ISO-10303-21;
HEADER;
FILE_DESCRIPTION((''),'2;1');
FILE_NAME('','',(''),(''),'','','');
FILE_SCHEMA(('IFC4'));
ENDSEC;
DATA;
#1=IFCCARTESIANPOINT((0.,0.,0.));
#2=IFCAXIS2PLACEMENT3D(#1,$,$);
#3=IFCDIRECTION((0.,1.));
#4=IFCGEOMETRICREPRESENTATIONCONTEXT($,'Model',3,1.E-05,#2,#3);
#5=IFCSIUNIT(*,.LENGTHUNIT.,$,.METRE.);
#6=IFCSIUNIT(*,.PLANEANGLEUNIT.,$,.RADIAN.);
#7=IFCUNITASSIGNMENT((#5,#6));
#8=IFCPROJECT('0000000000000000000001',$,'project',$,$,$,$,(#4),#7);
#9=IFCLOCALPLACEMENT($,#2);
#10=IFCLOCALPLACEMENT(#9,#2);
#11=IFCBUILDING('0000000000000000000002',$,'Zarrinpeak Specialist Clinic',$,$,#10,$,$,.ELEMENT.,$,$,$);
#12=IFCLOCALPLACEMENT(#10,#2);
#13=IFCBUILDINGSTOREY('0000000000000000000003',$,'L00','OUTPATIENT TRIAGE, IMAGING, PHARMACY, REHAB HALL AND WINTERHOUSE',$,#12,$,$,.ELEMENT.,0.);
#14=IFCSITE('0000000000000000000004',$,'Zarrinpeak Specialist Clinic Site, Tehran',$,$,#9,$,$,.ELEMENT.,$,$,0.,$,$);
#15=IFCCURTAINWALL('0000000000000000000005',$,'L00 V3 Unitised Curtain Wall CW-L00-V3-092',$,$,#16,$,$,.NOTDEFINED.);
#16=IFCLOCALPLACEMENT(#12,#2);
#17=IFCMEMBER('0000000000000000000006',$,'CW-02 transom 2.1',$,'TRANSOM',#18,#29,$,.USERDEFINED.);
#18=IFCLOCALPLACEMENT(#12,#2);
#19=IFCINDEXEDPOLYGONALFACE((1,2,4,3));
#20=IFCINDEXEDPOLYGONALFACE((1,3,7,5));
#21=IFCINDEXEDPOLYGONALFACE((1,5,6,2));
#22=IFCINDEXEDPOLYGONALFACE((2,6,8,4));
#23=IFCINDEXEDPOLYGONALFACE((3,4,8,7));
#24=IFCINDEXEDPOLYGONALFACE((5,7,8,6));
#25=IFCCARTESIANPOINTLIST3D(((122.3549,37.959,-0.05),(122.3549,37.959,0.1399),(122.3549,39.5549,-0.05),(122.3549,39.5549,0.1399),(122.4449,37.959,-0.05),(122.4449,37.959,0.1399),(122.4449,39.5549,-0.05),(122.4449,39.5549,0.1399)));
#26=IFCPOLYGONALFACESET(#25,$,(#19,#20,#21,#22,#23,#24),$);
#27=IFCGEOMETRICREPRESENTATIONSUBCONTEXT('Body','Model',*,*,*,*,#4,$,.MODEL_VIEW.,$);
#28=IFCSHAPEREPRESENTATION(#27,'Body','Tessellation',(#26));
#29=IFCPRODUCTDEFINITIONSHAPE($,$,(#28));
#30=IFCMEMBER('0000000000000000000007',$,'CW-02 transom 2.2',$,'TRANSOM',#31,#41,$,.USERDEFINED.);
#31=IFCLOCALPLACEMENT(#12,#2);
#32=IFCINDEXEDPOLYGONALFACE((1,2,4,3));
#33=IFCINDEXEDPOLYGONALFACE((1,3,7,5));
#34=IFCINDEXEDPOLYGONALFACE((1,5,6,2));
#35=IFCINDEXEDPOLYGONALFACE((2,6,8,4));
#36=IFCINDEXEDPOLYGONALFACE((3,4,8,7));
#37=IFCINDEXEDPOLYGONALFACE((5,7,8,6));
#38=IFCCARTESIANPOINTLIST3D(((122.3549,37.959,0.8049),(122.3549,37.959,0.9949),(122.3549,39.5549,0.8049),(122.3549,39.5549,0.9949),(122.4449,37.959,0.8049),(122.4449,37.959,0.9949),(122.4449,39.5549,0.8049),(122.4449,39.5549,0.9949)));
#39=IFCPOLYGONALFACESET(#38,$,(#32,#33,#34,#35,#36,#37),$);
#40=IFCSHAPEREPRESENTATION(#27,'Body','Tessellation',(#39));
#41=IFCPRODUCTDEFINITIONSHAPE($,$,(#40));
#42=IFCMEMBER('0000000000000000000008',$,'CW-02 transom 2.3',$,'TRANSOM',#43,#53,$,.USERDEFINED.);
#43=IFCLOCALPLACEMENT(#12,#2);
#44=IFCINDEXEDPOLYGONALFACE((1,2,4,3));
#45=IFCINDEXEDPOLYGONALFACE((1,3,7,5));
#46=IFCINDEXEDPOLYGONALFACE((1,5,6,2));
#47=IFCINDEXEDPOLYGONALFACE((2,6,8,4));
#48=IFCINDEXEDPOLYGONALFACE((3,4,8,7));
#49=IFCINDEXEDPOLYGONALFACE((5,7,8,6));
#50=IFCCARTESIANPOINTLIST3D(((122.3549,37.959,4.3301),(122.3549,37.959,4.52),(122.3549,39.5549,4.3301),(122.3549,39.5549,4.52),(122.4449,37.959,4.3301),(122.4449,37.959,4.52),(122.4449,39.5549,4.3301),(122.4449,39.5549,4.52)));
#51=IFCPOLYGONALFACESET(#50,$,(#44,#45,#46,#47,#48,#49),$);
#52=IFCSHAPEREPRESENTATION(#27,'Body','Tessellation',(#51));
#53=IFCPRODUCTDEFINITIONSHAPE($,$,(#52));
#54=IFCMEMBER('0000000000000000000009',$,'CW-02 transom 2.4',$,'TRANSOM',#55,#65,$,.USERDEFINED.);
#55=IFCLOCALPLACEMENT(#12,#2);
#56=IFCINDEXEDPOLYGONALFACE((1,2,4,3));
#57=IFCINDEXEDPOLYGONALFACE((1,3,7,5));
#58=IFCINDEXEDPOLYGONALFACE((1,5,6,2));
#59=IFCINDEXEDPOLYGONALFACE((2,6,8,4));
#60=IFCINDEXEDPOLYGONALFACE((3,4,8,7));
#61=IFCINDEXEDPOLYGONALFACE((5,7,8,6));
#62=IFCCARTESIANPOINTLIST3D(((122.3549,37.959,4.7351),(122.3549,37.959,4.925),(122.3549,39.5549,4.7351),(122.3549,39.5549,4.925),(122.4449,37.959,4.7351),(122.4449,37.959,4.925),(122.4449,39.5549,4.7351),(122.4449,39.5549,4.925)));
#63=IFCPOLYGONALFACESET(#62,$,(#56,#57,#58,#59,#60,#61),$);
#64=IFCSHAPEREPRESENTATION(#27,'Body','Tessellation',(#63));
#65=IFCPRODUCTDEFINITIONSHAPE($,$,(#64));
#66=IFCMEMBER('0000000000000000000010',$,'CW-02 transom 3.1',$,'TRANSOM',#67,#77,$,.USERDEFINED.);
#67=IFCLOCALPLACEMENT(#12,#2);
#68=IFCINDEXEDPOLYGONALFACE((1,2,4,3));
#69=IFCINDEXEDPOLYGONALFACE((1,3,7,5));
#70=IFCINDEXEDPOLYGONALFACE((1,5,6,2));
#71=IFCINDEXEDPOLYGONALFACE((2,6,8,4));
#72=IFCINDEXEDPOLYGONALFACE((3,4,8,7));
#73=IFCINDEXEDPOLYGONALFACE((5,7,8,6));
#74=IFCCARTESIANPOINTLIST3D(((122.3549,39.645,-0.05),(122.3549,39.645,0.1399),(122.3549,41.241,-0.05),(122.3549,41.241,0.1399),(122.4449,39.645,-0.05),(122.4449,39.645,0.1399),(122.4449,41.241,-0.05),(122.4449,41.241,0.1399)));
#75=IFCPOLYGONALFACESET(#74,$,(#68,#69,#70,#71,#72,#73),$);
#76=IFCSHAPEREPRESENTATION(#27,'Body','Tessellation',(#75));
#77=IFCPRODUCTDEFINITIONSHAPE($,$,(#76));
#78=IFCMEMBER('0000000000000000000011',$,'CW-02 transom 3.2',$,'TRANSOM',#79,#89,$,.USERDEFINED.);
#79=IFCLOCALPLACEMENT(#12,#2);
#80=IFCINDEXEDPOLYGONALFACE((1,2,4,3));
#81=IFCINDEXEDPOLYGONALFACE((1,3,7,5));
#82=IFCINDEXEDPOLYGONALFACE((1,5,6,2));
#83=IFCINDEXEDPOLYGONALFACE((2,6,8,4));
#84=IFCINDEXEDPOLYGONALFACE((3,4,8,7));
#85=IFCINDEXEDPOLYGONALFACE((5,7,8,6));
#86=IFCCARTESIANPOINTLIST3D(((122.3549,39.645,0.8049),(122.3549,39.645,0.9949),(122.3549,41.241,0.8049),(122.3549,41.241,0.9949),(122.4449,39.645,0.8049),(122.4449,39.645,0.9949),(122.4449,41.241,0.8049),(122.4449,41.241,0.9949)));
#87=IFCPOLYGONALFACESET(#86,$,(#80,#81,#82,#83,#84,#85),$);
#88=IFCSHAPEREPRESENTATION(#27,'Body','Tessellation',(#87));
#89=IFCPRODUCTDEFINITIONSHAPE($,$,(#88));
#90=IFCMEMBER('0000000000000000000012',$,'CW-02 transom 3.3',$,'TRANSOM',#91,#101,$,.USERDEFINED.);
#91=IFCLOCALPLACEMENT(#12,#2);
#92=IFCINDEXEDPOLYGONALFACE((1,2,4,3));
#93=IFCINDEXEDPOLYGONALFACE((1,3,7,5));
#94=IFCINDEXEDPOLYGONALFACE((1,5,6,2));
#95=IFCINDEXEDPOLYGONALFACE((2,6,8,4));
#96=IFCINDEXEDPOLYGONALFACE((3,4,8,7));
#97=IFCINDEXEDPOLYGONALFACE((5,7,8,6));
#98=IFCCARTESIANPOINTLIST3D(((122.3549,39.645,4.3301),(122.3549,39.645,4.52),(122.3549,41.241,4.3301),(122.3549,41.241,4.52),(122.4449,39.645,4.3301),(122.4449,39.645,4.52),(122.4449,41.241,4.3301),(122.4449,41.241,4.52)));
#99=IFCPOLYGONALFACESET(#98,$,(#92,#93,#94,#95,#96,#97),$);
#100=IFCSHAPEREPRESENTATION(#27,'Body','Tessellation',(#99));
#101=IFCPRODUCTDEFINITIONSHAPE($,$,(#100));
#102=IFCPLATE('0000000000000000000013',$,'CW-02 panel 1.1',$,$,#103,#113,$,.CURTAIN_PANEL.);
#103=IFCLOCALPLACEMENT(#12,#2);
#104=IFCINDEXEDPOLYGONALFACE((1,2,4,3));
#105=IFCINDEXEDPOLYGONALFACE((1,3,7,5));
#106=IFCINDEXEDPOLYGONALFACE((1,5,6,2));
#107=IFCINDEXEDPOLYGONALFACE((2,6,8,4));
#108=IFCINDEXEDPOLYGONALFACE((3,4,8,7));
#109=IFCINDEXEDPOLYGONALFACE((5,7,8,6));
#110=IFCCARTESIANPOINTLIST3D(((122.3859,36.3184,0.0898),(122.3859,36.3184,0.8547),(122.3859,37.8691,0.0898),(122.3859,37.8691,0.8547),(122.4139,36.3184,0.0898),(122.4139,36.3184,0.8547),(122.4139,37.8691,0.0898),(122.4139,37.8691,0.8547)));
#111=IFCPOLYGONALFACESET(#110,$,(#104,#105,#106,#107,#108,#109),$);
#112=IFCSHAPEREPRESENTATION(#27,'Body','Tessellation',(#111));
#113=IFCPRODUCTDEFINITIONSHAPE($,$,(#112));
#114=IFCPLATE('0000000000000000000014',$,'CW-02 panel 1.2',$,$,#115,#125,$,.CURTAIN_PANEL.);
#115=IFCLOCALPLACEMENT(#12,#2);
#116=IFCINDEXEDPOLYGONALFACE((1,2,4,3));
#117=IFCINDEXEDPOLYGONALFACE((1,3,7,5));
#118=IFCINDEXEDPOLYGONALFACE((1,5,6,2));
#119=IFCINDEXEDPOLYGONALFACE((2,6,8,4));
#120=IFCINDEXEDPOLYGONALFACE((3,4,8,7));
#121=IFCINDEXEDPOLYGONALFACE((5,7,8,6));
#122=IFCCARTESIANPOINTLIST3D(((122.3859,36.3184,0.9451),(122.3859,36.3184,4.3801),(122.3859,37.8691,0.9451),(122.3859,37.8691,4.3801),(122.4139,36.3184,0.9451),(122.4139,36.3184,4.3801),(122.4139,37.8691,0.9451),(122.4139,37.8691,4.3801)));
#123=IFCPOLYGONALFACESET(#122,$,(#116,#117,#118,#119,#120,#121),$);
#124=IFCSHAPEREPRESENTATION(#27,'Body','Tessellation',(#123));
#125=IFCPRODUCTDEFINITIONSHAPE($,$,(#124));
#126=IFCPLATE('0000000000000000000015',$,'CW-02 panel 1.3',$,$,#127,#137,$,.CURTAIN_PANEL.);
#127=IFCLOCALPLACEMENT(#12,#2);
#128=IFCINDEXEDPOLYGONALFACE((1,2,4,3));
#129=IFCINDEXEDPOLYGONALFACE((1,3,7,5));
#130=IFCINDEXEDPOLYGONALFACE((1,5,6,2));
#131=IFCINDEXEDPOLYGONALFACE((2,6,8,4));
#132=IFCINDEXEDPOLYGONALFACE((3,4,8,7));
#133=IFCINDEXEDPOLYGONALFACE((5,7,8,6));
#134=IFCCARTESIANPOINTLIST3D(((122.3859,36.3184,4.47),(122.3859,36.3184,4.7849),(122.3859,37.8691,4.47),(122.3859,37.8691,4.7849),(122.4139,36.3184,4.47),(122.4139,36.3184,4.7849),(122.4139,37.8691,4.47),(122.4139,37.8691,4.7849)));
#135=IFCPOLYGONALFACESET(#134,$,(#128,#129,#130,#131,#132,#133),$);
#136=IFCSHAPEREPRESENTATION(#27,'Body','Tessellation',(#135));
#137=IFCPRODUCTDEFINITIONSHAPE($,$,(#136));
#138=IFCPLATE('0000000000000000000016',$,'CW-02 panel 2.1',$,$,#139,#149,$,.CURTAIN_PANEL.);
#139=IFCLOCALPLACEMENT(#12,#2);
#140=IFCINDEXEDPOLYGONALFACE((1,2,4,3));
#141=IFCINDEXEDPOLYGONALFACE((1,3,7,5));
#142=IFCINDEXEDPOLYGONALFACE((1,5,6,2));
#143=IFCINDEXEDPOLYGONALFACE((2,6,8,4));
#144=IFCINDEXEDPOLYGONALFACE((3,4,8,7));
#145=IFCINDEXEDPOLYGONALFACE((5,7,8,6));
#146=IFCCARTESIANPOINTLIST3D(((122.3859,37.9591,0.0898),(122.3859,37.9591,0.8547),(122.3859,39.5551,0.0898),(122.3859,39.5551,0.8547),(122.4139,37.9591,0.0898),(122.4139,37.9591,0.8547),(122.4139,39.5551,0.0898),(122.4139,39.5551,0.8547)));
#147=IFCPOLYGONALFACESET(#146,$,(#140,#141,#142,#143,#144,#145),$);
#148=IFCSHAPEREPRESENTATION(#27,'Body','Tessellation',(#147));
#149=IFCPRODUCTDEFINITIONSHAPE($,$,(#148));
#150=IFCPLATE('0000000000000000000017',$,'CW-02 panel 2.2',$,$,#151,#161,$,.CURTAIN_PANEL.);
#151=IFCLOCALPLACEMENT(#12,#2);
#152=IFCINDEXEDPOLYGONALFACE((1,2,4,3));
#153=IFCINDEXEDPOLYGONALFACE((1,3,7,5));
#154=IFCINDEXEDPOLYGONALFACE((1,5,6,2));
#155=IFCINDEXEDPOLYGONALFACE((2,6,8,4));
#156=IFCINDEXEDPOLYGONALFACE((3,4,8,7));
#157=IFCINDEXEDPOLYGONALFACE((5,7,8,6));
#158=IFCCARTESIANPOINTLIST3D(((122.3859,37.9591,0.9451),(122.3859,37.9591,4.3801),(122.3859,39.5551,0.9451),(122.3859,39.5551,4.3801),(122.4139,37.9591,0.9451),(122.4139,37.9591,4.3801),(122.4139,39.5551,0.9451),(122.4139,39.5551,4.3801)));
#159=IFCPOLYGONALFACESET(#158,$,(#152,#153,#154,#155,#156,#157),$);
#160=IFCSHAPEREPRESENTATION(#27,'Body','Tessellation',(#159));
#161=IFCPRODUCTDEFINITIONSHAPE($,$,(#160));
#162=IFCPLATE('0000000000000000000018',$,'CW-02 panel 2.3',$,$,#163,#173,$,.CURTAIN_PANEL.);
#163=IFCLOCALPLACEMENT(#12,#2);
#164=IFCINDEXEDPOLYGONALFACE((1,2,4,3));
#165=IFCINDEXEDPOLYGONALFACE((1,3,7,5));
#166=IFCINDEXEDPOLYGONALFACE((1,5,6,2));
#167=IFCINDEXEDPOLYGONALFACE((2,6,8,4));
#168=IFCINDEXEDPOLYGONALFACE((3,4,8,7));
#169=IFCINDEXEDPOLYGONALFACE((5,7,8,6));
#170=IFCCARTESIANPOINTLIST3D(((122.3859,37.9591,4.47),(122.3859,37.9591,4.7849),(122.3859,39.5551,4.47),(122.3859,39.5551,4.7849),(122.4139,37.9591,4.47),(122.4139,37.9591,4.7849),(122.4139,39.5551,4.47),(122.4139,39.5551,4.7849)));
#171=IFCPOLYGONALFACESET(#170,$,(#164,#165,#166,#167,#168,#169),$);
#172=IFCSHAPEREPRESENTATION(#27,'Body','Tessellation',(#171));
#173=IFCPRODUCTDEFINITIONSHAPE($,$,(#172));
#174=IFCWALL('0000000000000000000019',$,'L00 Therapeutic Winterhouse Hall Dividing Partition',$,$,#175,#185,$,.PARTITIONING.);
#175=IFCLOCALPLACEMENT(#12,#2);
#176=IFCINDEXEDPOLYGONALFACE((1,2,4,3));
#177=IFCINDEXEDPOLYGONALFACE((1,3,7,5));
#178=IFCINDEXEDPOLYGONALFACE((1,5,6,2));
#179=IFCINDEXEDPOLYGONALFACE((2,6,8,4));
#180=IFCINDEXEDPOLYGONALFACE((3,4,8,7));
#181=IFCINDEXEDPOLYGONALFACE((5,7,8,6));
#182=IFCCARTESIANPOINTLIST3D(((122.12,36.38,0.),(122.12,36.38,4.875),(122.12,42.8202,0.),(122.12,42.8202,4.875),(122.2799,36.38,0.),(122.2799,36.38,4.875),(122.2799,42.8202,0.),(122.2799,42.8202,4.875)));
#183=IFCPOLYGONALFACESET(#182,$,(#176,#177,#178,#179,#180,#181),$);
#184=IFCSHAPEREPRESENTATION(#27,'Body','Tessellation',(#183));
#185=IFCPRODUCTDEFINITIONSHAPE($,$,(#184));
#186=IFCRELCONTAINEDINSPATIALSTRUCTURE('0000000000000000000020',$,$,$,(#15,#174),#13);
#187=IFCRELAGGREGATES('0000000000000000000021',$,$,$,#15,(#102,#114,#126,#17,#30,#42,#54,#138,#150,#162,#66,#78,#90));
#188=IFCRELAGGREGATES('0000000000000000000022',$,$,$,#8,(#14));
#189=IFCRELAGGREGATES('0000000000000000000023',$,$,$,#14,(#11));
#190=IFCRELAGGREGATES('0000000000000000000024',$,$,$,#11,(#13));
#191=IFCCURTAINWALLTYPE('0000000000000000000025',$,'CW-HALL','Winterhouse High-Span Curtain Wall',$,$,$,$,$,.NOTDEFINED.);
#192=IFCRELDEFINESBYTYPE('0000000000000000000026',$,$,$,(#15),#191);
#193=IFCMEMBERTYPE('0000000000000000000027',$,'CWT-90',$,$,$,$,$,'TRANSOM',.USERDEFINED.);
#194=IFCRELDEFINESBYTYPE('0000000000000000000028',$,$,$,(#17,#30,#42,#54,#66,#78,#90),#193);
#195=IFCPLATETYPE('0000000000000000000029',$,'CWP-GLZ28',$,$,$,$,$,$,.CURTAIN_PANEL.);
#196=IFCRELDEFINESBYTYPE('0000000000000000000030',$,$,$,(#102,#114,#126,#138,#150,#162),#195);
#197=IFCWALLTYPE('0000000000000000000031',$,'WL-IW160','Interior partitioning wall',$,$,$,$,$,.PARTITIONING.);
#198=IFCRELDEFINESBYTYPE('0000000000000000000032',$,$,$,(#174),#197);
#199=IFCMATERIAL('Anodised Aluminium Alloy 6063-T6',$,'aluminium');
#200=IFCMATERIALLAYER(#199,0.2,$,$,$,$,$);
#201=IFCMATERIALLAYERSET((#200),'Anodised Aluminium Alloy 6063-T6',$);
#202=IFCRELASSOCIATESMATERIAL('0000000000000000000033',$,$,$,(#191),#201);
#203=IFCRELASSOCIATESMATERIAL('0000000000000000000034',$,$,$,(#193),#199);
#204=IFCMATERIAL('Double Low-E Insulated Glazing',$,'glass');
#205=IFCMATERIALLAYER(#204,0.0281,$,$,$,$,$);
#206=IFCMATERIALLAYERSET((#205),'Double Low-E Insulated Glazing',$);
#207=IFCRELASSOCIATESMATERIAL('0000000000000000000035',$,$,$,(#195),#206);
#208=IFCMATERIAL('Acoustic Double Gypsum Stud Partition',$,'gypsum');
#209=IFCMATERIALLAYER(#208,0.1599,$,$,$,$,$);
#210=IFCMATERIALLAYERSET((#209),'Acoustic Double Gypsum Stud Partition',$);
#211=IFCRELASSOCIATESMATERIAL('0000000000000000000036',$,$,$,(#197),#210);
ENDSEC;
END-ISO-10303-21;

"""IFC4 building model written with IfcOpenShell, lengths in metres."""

from ifc_helpers import new_model, si_unit, direction, frame, frame_2d, origin, origin_2d, place, context, subcontext, project, spatial, rectangle, extrude, material, layer, layer_set, material_profile, profile_set, type_object, element, aggregate, save


model = new_model("IFC4")

# Units and contexts
model_context = context("Model", 3, precision=1e-05, world=origin(), true_north=direction((0.0, 1.0)))
body_context = subcontext(model_context, "Body", "Model", "MODEL_VIEW")
ifc_project = project(units=[si_unit("LENGTHUNIT", "METRE"), si_unit("PLANEANGLEUNIT", "RADIAN")], contexts=[model_context])

# Site, building, storey
site_placement = place(None, origin())
site = spatial("IfcSite", under=ifc_project, at=site_placement, Name="Zarrinpeak Specialist Clinic Site, Tehran", CompositionType="ELEMENT", RefElevation=0.0)
building_placement = place(site_placement, origin())
building = spatial("IfcBuilding", under=site, at=building_placement, Name="Zarrinpeak Specialist Clinic", CompositionType="ELEMENT")
storey_placement = place(building_placement, origin())
storey = spatial("IfcBuildingStorey", under=building, at=storey_placement, Name="L00", Description="OUTPATIENT TRIAGE, IMAGING, PHARMACY, REHAB HALL AND WINTERHOUSE", CompositionType="ELEMENT", Elevation=0.0)

# Curtain wall, members, plates
ifc_material_1 = material(Name="Anodised Aluminium Alloy 6063-T6", Category="aluminium")
ifc_layer_1 = layer(ifc_material_1, 0.2)
ifc_layer_set_1 = layer_set([ifc_layer_1], Name="Anodised Aluminium Alloy 6063-T6")
curtain_wall_type = type_object("IfcCurtainWallType", Name="CW-HALL", Description="Winterhouse High-Span Curtain Wall", PredefinedType="NOTDEFINED", material=ifc_layer_set_1)
curtain_wall_placement = place(storey_placement, origin())
curtain_wall = element("IfcCurtainWall", 1, at=curtain_wall_placement, inside=storey, type_object=curtain_wall_type, Name="L00 V3 Unitised Curtain Wall CW-L00-V3-092", PredefinedType="NOTDEFINED")
ifc_material_profile_1 = material_profile(ifc_material_1, rectangle(XDim=0.0901, YDim=0.1899, at=origin_2d()), Name="ALU 90x190")
ifc_profile_set_1 = profile_set([ifc_material_profile_1], Name="Anodised Aluminium Alloy 6063-T6")
member_type_1 = type_object("IfcMemberType", Name="CWT-90", ElementType="TRANSOM", PredefinedType="USERDEFINED", material=ifc_profile_set_1)
member_1_placement = place(storey_placement, frame((122.3999, 37.959, 0.0449), z_axis=(0.0, 1.0, 0.0), x_axis=(-1.0, 0.0, 0.0)))
member_1 = element("IfcMember", 2, at=member_1_placement, type_object=member_type_1, Name="CW-02 transom 2.1", ObjectType="TRANSOM", PredefinedType="USERDEFINED", context=body_context, shape_type="SweptSolid", body=[
    extrude(rectangle(XDim=0.0901, YDim=0.1899, at=origin_2d()), origin(), (0.0, 0.0, 1.0), 1.5959),
])
member_2_placement = place(storey_placement, frame((122.3999, 37.959, 0.8999), z_axis=(0.0, 1.0, 0.0), x_axis=(-1.0, 0.0, 0.0)))
member_2 = element("IfcMember", 3, at=member_2_placement, type_object=member_type_1, Name="CW-02 transom 2.2", ObjectType="TRANSOM", PredefinedType="USERDEFINED", context=body_context, shape_type="SweptSolid", body=[
    extrude(rectangle(XDim=0.0901, YDim=0.1899, at=origin_2d()), origin(), (0.0, 0.0, 1.0), 1.5959),
])
member_3_placement = place(storey_placement, frame((122.3999, 37.959, 4.425), z_axis=(0.0, 1.0, 0.0), x_axis=(-1.0, 0.0, 0.0)))
member_3 = element("IfcMember", 4, at=member_3_placement, type_object=member_type_1, Name="CW-02 transom 2.3", ObjectType="TRANSOM", PredefinedType="USERDEFINED", context=body_context, shape_type="SweptSolid", body=[
    extrude(rectangle(XDim=0.0901, YDim=0.1899, at=origin_2d()), origin(), (0.0, 0.0, 1.0), 1.5959),
])
member_4_placement = place(storey_placement, frame((122.3999, 37.959, 4.8301), z_axis=(0.0, 1.0, 0.0), x_axis=(-1.0, 0.0, 0.0)))
member_4 = element("IfcMember", 5, at=member_4_placement, type_object=member_type_1, Name="CW-02 transom 2.4", ObjectType="TRANSOM", PredefinedType="USERDEFINED", context=body_context, shape_type="SweptSolid", body=[
    extrude(rectangle(XDim=0.0901, YDim=0.1899, at=origin_2d()), origin(), (0.0, 0.0, 1.0), 1.5959),
])
member_5_placement = place(storey_placement, frame((122.3999, 39.645, 0.0449), z_axis=(0.0, 1.0, 0.0), x_axis=(-1.0, 0.0, 0.0)))
member_5 = element("IfcMember", 6, at=member_5_placement, type_object=member_type_1, Name="CW-02 transom 3.1", ObjectType="TRANSOM", PredefinedType="USERDEFINED", context=body_context, shape_type="SweptSolid", body=[
    extrude(rectangle(XDim=0.0901, YDim=0.1899, at=origin_2d()), origin(), (0.0, 0.0, 1.0), 1.5959),
])
member_6_placement = place(storey_placement, frame((122.3999, 39.645, 0.8999), z_axis=(0.0, 1.0, 0.0), x_axis=(-1.0, 0.0, 0.0)))
member_6 = element("IfcMember", 7, at=member_6_placement, type_object=member_type_1, Name="CW-02 transom 3.2", ObjectType="TRANSOM", PredefinedType="USERDEFINED", context=body_context, shape_type="SweptSolid", body=[
    extrude(rectangle(XDim=0.0901, YDim=0.1899, at=origin_2d()), origin(), (0.0, 0.0, 1.0), 1.5959),
])
member_7_placement = place(storey_placement, frame((122.3999, 39.645, 4.425), z_axis=(0.0, 1.0, 0.0), x_axis=(-1.0, 0.0, 0.0)))
member_7 = element("IfcMember", 8, at=member_7_placement, type_object=member_type_1, Name="CW-02 transom 3.3", ObjectType="TRANSOM", PredefinedType="USERDEFINED", context=body_context, shape_type="SweptSolid", body=[
    extrude(rectangle(XDim=0.0901, YDim=0.1899, at=origin_2d()), origin(), (0.0, 0.0, 1.0), 1.5959),
])
ifc_material_2 = material(Name="Double Low-E Insulated Glazing", Category="glass")
ifc_layer_2 = layer(ifc_material_2, 0.0281)
ifc_layer_set_2 = layer_set([ifc_layer_2], Name="Double Low-E Insulated Glazing")
plate_type = type_object("IfcPlateType", Name="CWP-GLZ28", PredefinedType="CURTAIN_PANEL", material=ifc_layer_set_2)
plate_1_placement = place(storey_placement, frame((122.3999, 37.0938, 0.0898), z_axis=(0.0, 0.0, 1.0), x_axis=(0.0, 1.0, 0.0)))
plate_1 = element("IfcPlate", 9, at=plate_1_placement, type_object=plate_type, Name="CW-02 panel 1.1", PredefinedType="CURTAIN_PANEL", context=body_context, shape_type="SweptSolid", body=[
    extrude(rectangle(XDim=1.5508, YDim=0.0281, at=origin_2d()), origin(), (0.0, 0.0, 1.0), 0.7649),
])
plate_2_placement = place(storey_placement, frame((122.3999, 37.0938, 0.9451), z_axis=(0.0, 0.0, 1.0), x_axis=(0.0, 1.0, 0.0)))
plate_2 = element("IfcPlate", 10, at=plate_2_placement, type_object=plate_type, Name="CW-02 panel 1.2", PredefinedType="CURTAIN_PANEL", context=body_context, shape_type="SweptSolid", body=[
    extrude(rectangle(XDim=1.5508, YDim=0.0281, at=origin_2d()), origin(), (0.0, 0.0, 1.0), 3.4351),
])
plate_3_placement = place(storey_placement, frame((122.3999, 37.0938, 4.47), z_axis=(0.0, 0.0, 1.0), x_axis=(0.0, 1.0, 0.0)))
plate_3 = element("IfcPlate", 11, at=plate_3_placement, type_object=plate_type, Name="CW-02 panel 1.3", PredefinedType="CURTAIN_PANEL", context=body_context, shape_type="SweptSolid", body=[
    extrude(rectangle(XDim=1.5508, YDim=0.0281, at=origin_2d()), origin(), (0.0, 0.0, 1.0), 0.3149),
])
plate_4_placement = place(storey_placement, frame((122.3999, 38.7571, 0.0898), z_axis=(0.0, 0.0, 1.0), x_axis=(0.0, 1.0, 0.0)))
plate_4 = element("IfcPlate", 12, at=plate_4_placement, type_object=plate_type, Name="CW-02 panel 2.1", PredefinedType="CURTAIN_PANEL", context=body_context, shape_type="SweptSolid", body=[
    extrude(rectangle(XDim=1.5959, YDim=0.0281, at=origin_2d()), origin(), (0.0, 0.0, 1.0), 0.7649),
])
plate_5_placement = place(storey_placement, frame((122.3999, 38.7571, 0.9451), z_axis=(0.0, 0.0, 1.0), x_axis=(0.0, 1.0, 0.0)))
plate_5 = element("IfcPlate", 13, at=plate_5_placement, type_object=plate_type, Name="CW-02 panel 2.2", PredefinedType="CURTAIN_PANEL", context=body_context, shape_type="SweptSolid", body=[
    extrude(rectangle(XDim=1.5959, YDim=0.0281, at=origin_2d()), origin(), (0.0, 0.0, 1.0), 3.4351),
])
plate_6_placement = place(storey_placement, frame((122.3999, 38.7571, 4.47), z_axis=(0.0, 0.0, 1.0), x_axis=(0.0, 1.0, 0.0)))
plate_6 = element("IfcPlate", 14, at=plate_6_placement, type_object=plate_type, Name="CW-02 panel 2.3", PredefinedType="CURTAIN_PANEL", context=body_context, shape_type="SweptSolid", body=[
    extrude(rectangle(XDim=1.5959, YDim=0.0281, at=origin_2d()), origin(), (0.0, 0.0, 1.0), 0.3149),
])
aggregate(curtain_wall, [plate_1, plate_2, plate_3, member_1, member_2, member_3, member_4, plate_4, plate_5, plate_6, member_5, member_6, member_7])

# Wall
ifc_material_3 = material(Name="Acoustic Double Gypsum Stud Partition", Category="gypsum")
ifc_layer_3 = layer(ifc_material_3, 0.1599)
ifc_layer_set_3 = layer_set([ifc_layer_3], Name="Acoustic Double Gypsum Stud Partition")
wall_type = type_object("IfcWallType", Name="WL-IW160", Description="Interior partitioning wall", PredefinedType="PARTITIONING", material=ifc_layer_set_3)
wall_placement = place(storey_placement, frame((122.2, 36.3799, 0.0), z_axis=(0.0, 0.0, 1.0), x_axis=(0.0, 1.0, 0.0)))
element("IfcWall", 15, at=wall_placement, inside=storey, type_object=wall_type, Name="L00 Therapeutic Winterhouse Hall Dividing Partition", PredefinedType="PARTITIONING", context=body_context, shape_type="SweptSolid", body=[
    extrude(rectangle(XDim=6.4402, YDim=0.1599, at=frame_2d((3.2202, 0.0))), origin(), (0.0, 0.0, 1.0), 4.875),
])

save(model, "model.ifc")
